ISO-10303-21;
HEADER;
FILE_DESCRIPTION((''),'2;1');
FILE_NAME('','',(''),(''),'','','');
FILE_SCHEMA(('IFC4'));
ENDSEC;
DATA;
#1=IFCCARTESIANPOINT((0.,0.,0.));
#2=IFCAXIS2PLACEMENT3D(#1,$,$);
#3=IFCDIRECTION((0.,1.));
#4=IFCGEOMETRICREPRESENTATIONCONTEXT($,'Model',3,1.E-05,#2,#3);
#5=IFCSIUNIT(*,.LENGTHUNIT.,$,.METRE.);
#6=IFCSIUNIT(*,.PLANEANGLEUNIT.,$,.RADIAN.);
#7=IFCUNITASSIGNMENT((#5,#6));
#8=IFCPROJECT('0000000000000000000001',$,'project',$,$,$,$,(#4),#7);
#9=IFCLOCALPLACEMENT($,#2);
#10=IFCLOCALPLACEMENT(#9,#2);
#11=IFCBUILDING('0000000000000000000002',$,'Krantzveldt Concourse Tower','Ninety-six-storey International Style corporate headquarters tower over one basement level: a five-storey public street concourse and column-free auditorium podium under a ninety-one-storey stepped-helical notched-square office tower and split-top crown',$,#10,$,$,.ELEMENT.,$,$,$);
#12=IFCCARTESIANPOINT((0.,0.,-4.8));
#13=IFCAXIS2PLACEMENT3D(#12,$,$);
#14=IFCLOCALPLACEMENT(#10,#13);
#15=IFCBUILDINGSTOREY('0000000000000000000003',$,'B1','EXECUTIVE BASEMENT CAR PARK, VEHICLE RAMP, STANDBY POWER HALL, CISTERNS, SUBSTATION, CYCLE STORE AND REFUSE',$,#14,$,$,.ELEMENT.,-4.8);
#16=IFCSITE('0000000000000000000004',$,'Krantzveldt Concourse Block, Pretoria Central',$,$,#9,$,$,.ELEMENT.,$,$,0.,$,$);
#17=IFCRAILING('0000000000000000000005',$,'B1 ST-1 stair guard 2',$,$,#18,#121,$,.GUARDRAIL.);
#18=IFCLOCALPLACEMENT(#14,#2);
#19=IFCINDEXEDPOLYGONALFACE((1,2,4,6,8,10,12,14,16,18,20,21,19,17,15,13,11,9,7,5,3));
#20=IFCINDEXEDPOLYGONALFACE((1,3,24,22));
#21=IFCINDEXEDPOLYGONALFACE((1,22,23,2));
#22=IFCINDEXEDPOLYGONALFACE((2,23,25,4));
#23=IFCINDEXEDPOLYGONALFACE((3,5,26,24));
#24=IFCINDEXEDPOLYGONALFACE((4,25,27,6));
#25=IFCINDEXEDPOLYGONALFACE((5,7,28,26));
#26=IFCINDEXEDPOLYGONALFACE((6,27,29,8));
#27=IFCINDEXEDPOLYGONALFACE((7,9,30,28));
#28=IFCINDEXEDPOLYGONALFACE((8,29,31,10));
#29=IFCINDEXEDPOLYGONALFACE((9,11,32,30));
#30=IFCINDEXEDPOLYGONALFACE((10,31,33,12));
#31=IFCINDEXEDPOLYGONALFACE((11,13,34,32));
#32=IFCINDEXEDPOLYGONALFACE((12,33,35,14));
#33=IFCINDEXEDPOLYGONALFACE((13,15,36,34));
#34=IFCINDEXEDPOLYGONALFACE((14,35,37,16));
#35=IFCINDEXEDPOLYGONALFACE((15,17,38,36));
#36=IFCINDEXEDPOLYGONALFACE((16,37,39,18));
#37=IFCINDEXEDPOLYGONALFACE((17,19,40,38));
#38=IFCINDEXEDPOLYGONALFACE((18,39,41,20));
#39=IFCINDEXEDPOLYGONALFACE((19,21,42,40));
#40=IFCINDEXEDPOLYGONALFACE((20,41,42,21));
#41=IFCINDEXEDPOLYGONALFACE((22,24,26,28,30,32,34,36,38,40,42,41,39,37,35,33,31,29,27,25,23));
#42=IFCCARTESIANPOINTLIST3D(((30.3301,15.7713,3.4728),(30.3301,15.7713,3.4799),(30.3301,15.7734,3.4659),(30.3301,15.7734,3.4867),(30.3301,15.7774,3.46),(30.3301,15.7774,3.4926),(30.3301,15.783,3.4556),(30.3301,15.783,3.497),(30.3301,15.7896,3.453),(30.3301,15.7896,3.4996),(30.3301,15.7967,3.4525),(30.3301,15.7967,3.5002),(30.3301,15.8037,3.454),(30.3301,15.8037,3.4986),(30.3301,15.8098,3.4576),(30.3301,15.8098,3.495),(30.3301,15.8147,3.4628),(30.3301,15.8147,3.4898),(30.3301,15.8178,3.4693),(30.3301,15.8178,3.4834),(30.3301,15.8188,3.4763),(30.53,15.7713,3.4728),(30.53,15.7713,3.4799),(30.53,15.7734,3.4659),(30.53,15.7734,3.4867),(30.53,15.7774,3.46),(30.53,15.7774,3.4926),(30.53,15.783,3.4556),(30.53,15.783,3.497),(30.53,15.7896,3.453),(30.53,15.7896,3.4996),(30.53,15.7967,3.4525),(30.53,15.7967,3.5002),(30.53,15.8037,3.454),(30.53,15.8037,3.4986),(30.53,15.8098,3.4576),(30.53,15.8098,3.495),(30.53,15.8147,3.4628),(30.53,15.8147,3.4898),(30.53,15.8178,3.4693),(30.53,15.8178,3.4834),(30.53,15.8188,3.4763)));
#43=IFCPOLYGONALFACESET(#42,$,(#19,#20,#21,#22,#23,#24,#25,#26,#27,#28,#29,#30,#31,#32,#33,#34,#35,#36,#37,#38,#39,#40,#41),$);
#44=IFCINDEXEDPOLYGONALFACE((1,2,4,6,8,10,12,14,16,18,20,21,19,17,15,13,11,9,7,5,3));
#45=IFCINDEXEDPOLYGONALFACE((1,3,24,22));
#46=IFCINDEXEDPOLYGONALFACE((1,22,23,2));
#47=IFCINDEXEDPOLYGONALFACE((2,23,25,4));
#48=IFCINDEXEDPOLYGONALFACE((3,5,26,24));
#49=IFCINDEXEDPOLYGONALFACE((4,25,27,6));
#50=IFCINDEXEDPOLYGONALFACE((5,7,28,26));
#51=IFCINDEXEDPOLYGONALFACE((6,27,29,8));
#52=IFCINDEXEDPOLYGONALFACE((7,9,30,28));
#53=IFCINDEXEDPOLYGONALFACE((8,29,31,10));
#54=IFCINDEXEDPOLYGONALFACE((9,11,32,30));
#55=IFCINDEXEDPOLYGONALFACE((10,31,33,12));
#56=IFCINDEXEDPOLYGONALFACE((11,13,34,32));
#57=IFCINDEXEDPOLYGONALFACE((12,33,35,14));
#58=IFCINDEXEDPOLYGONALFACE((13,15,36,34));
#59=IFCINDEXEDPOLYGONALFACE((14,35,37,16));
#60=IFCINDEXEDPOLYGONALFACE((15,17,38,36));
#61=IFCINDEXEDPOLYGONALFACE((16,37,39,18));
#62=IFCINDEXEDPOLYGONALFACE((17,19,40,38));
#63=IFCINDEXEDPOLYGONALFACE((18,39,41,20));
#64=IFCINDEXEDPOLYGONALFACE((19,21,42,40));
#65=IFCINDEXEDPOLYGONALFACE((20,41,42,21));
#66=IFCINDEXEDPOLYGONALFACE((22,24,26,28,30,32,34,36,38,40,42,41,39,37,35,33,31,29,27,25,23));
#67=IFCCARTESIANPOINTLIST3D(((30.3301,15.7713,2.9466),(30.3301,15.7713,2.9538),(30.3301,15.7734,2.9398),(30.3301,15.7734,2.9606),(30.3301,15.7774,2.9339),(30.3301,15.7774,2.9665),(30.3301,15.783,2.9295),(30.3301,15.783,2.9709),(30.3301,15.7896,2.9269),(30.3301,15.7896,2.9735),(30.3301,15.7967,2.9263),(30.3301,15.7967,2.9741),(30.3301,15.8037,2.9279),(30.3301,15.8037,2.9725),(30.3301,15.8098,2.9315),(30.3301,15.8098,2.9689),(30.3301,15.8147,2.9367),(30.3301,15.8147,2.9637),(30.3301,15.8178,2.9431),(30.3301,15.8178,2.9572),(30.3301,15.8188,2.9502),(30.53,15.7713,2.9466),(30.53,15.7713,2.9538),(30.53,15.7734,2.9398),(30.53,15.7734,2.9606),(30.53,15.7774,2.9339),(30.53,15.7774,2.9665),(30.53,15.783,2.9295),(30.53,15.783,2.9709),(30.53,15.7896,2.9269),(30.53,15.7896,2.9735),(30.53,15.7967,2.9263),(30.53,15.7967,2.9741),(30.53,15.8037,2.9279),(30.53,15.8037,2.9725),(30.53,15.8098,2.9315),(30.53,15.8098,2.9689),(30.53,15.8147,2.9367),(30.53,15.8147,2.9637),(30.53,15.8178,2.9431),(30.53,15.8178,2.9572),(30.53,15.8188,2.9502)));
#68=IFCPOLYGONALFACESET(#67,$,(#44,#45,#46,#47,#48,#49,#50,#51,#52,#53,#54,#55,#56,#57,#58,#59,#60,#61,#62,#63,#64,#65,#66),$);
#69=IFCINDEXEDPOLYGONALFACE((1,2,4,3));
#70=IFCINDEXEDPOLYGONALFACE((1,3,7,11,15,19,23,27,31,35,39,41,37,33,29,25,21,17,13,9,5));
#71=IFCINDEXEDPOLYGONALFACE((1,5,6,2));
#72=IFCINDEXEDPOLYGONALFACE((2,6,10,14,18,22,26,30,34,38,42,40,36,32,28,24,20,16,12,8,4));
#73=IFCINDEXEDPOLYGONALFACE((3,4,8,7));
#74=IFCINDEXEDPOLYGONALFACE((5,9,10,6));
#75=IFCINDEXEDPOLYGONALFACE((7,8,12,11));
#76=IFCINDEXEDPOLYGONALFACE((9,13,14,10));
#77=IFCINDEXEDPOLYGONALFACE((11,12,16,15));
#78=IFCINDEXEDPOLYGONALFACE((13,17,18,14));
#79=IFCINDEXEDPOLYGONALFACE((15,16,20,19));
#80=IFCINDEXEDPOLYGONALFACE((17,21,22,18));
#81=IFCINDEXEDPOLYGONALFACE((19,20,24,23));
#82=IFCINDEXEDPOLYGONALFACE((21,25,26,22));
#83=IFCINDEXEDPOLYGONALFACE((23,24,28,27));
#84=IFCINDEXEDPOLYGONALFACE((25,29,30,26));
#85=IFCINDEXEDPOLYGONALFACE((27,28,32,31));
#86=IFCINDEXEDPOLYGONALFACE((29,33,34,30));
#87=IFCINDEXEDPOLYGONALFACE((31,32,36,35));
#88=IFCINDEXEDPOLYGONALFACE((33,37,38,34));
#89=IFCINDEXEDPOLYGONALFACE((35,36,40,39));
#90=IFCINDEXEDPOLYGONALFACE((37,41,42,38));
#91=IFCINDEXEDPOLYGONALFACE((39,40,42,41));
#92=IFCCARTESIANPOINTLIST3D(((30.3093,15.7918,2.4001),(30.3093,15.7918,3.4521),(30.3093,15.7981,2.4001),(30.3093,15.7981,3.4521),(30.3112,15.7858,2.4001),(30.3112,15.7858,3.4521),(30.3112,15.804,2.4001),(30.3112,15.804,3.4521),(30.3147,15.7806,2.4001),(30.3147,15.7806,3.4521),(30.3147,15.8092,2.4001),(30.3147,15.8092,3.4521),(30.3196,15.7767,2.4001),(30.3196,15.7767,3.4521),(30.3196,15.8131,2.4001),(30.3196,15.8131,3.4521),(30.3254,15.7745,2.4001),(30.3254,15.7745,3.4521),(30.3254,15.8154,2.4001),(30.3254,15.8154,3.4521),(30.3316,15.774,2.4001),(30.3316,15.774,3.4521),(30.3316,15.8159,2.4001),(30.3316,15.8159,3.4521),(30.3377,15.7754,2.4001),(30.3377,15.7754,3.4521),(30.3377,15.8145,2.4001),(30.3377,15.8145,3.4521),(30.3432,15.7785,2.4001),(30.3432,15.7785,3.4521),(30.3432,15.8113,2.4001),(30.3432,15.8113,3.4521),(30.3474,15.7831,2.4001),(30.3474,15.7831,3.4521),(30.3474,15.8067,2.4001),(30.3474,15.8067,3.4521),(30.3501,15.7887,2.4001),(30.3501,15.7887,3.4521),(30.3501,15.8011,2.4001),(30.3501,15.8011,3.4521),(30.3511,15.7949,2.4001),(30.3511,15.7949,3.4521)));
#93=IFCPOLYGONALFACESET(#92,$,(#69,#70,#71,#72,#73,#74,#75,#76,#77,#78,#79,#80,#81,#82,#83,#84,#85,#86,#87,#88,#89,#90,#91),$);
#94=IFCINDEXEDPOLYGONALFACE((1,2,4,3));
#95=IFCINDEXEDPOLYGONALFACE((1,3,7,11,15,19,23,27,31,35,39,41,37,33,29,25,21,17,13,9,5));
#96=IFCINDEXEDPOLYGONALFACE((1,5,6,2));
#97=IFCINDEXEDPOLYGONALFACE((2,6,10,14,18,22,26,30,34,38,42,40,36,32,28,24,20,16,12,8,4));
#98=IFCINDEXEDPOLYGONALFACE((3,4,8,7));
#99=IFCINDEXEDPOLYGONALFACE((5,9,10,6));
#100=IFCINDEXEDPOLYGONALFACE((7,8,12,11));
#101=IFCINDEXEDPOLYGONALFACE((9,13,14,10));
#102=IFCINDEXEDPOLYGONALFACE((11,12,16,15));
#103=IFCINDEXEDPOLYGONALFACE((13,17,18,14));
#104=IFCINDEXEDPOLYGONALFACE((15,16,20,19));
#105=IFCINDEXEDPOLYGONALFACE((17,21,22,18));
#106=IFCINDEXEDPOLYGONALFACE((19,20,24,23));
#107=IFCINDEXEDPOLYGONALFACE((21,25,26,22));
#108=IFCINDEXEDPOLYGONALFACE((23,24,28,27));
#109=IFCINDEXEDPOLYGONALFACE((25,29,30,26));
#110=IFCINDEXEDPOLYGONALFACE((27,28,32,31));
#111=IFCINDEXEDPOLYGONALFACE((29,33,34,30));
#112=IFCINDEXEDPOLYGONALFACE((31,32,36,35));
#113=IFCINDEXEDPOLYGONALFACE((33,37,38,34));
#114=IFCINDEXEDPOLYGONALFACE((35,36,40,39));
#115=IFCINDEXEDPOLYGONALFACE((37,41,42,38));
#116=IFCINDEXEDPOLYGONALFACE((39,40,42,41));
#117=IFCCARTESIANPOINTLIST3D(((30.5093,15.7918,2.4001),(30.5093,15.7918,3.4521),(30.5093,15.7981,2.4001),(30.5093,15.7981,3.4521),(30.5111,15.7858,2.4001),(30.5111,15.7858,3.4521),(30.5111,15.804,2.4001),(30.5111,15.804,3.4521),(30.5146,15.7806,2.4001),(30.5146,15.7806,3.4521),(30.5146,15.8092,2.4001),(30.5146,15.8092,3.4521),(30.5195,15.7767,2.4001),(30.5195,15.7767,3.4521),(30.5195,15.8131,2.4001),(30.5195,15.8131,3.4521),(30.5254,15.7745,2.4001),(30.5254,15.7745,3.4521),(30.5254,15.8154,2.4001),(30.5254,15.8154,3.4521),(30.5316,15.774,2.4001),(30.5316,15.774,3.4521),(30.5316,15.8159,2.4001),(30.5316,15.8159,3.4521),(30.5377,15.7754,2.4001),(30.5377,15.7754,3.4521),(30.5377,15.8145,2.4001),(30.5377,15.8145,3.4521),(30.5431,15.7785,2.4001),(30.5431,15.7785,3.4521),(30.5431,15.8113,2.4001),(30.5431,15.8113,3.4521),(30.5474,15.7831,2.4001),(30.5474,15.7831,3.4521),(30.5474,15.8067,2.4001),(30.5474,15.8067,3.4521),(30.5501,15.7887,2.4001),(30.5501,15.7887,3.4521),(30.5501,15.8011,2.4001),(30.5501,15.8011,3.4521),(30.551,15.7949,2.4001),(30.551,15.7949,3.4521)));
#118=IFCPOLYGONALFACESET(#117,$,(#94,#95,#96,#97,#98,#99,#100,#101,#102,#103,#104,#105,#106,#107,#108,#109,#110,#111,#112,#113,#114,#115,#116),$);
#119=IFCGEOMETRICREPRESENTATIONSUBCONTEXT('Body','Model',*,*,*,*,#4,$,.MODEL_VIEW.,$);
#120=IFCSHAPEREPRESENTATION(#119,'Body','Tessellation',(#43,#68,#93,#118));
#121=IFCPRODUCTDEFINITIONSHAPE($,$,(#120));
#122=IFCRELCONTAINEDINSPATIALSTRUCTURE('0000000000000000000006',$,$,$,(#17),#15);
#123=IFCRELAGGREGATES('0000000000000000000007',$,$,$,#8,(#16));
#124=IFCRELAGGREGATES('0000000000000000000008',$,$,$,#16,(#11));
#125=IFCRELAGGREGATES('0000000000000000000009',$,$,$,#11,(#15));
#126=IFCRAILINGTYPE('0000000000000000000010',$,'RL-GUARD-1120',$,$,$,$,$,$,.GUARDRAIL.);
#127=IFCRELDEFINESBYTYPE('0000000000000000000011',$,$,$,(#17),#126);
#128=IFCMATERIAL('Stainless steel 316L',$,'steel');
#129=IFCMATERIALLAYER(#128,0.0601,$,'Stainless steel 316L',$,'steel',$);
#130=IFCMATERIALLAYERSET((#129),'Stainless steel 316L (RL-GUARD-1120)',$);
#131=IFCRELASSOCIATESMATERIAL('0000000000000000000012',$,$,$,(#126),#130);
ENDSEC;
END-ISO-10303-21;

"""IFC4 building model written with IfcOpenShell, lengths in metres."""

from ifc_helpers import new_model, si_unit, direction, frame, origin, origin_2d, place, context, subcontext, project, spatial, circle, extrude, material, layer, layer_set, type_object, element, save


model = new_model("IFC4")

# Units and contexts
model_context = context("Model", 3, precision=1e-05, world=origin(), true_north=direction((0.0, 1.0)))
body_context = subcontext(model_context, "Body", "Model", "MODEL_VIEW")
ifc_project = project(units=[si_unit("LENGTHUNIT", "METRE"), si_unit("PLANEANGLEUNIT", "RADIAN")], contexts=[model_context])

# Site, building, storey
site_placement = place(None, origin())
site = spatial("IfcSite", under=ifc_project, at=site_placement, Name="Krantzveldt Concourse Block, Pretoria Central", CompositionType="ELEMENT", RefElevation=0.0)
building_placement = place(site_placement, origin())
building = spatial("IfcBuilding", under=site, at=building_placement, Name="Krantzveldt Concourse Tower", Description="Ninety-six-storey International Style corporate headquarters tower over one basement level: a five-storey public street concourse and column-free auditorium podium under a ninety-one-storey stepped-helical notched-square office tower and split-top crown", CompositionType="ELEMENT")
storey_placement = place(building_placement, frame((0.0, 0.0, -4.8)))
storey = spatial("IfcBuildingStorey", under=building, at=storey_placement, Name="B1", Description="EXECUTIVE BASEMENT CAR PARK, VEHICLE RAMP, STANDBY POWER HALL, CISTERNS, SUBSTATION, CYCLE STORE AND REFUSE", CompositionType="ELEMENT", Elevation=-4.8)

# Shared definitions
ifc_material_1 = material(Name="Stainless steel 316L", Category="steel")

# Railing
ifc_layer_1 = layer(ifc_material_1, 0.0601, Name="Stainless steel 316L", Category="steel")
ifc_layer_set_1 = layer_set([ifc_layer_1], Name="Stainless steel 316L (RL-GUARD-1120)")
railing_type = type_object("IfcRailingType", Name="RL-GUARD-1120", PredefinedType="GUARDRAIL", material=ifc_layer_set_1)
railing_1_placement = place(storey_placement, frame((30.3301, 15.7949, 2.4001)))
element("IfcRailing", 1, at=railing_1_placement, inside=storey, type_object=railing_type, Name="B1 ST-1 stair guard 2", PredefinedType="GUARDRAIL", context=body_context, shape_type="SweptSolid", body=[
    extrude(circle(Radius=0.0239, at=origin_2d()), frame((0.0, 0.0, 1.0762), z_axis=(1.0, 0.0, 0.0), x_axis=(0.0, 1.0, 0.0)), (0.0, 0.0, 1.0), 0.2),
    extrude(circle(Radius=0.0239, at=origin_2d()), frame((0.0, 0.0, 0.55), z_axis=(1.0, 0.0, 0.0), x_axis=(0.0, 1.0, 0.0)), (0.0, 0.0, 1.0), 0.2),
    extrude(circle(Radius=0.021, at=origin_2d()), origin(), (0.0, 0.0, 1.0), 1.052),
    extrude(circle(Radius=0.021, at=origin_2d()), frame((0.2, 0.0, 0.0)), (0.0, 0.0, 1.0), 1.052),
])

save(model, "model.ifc")
